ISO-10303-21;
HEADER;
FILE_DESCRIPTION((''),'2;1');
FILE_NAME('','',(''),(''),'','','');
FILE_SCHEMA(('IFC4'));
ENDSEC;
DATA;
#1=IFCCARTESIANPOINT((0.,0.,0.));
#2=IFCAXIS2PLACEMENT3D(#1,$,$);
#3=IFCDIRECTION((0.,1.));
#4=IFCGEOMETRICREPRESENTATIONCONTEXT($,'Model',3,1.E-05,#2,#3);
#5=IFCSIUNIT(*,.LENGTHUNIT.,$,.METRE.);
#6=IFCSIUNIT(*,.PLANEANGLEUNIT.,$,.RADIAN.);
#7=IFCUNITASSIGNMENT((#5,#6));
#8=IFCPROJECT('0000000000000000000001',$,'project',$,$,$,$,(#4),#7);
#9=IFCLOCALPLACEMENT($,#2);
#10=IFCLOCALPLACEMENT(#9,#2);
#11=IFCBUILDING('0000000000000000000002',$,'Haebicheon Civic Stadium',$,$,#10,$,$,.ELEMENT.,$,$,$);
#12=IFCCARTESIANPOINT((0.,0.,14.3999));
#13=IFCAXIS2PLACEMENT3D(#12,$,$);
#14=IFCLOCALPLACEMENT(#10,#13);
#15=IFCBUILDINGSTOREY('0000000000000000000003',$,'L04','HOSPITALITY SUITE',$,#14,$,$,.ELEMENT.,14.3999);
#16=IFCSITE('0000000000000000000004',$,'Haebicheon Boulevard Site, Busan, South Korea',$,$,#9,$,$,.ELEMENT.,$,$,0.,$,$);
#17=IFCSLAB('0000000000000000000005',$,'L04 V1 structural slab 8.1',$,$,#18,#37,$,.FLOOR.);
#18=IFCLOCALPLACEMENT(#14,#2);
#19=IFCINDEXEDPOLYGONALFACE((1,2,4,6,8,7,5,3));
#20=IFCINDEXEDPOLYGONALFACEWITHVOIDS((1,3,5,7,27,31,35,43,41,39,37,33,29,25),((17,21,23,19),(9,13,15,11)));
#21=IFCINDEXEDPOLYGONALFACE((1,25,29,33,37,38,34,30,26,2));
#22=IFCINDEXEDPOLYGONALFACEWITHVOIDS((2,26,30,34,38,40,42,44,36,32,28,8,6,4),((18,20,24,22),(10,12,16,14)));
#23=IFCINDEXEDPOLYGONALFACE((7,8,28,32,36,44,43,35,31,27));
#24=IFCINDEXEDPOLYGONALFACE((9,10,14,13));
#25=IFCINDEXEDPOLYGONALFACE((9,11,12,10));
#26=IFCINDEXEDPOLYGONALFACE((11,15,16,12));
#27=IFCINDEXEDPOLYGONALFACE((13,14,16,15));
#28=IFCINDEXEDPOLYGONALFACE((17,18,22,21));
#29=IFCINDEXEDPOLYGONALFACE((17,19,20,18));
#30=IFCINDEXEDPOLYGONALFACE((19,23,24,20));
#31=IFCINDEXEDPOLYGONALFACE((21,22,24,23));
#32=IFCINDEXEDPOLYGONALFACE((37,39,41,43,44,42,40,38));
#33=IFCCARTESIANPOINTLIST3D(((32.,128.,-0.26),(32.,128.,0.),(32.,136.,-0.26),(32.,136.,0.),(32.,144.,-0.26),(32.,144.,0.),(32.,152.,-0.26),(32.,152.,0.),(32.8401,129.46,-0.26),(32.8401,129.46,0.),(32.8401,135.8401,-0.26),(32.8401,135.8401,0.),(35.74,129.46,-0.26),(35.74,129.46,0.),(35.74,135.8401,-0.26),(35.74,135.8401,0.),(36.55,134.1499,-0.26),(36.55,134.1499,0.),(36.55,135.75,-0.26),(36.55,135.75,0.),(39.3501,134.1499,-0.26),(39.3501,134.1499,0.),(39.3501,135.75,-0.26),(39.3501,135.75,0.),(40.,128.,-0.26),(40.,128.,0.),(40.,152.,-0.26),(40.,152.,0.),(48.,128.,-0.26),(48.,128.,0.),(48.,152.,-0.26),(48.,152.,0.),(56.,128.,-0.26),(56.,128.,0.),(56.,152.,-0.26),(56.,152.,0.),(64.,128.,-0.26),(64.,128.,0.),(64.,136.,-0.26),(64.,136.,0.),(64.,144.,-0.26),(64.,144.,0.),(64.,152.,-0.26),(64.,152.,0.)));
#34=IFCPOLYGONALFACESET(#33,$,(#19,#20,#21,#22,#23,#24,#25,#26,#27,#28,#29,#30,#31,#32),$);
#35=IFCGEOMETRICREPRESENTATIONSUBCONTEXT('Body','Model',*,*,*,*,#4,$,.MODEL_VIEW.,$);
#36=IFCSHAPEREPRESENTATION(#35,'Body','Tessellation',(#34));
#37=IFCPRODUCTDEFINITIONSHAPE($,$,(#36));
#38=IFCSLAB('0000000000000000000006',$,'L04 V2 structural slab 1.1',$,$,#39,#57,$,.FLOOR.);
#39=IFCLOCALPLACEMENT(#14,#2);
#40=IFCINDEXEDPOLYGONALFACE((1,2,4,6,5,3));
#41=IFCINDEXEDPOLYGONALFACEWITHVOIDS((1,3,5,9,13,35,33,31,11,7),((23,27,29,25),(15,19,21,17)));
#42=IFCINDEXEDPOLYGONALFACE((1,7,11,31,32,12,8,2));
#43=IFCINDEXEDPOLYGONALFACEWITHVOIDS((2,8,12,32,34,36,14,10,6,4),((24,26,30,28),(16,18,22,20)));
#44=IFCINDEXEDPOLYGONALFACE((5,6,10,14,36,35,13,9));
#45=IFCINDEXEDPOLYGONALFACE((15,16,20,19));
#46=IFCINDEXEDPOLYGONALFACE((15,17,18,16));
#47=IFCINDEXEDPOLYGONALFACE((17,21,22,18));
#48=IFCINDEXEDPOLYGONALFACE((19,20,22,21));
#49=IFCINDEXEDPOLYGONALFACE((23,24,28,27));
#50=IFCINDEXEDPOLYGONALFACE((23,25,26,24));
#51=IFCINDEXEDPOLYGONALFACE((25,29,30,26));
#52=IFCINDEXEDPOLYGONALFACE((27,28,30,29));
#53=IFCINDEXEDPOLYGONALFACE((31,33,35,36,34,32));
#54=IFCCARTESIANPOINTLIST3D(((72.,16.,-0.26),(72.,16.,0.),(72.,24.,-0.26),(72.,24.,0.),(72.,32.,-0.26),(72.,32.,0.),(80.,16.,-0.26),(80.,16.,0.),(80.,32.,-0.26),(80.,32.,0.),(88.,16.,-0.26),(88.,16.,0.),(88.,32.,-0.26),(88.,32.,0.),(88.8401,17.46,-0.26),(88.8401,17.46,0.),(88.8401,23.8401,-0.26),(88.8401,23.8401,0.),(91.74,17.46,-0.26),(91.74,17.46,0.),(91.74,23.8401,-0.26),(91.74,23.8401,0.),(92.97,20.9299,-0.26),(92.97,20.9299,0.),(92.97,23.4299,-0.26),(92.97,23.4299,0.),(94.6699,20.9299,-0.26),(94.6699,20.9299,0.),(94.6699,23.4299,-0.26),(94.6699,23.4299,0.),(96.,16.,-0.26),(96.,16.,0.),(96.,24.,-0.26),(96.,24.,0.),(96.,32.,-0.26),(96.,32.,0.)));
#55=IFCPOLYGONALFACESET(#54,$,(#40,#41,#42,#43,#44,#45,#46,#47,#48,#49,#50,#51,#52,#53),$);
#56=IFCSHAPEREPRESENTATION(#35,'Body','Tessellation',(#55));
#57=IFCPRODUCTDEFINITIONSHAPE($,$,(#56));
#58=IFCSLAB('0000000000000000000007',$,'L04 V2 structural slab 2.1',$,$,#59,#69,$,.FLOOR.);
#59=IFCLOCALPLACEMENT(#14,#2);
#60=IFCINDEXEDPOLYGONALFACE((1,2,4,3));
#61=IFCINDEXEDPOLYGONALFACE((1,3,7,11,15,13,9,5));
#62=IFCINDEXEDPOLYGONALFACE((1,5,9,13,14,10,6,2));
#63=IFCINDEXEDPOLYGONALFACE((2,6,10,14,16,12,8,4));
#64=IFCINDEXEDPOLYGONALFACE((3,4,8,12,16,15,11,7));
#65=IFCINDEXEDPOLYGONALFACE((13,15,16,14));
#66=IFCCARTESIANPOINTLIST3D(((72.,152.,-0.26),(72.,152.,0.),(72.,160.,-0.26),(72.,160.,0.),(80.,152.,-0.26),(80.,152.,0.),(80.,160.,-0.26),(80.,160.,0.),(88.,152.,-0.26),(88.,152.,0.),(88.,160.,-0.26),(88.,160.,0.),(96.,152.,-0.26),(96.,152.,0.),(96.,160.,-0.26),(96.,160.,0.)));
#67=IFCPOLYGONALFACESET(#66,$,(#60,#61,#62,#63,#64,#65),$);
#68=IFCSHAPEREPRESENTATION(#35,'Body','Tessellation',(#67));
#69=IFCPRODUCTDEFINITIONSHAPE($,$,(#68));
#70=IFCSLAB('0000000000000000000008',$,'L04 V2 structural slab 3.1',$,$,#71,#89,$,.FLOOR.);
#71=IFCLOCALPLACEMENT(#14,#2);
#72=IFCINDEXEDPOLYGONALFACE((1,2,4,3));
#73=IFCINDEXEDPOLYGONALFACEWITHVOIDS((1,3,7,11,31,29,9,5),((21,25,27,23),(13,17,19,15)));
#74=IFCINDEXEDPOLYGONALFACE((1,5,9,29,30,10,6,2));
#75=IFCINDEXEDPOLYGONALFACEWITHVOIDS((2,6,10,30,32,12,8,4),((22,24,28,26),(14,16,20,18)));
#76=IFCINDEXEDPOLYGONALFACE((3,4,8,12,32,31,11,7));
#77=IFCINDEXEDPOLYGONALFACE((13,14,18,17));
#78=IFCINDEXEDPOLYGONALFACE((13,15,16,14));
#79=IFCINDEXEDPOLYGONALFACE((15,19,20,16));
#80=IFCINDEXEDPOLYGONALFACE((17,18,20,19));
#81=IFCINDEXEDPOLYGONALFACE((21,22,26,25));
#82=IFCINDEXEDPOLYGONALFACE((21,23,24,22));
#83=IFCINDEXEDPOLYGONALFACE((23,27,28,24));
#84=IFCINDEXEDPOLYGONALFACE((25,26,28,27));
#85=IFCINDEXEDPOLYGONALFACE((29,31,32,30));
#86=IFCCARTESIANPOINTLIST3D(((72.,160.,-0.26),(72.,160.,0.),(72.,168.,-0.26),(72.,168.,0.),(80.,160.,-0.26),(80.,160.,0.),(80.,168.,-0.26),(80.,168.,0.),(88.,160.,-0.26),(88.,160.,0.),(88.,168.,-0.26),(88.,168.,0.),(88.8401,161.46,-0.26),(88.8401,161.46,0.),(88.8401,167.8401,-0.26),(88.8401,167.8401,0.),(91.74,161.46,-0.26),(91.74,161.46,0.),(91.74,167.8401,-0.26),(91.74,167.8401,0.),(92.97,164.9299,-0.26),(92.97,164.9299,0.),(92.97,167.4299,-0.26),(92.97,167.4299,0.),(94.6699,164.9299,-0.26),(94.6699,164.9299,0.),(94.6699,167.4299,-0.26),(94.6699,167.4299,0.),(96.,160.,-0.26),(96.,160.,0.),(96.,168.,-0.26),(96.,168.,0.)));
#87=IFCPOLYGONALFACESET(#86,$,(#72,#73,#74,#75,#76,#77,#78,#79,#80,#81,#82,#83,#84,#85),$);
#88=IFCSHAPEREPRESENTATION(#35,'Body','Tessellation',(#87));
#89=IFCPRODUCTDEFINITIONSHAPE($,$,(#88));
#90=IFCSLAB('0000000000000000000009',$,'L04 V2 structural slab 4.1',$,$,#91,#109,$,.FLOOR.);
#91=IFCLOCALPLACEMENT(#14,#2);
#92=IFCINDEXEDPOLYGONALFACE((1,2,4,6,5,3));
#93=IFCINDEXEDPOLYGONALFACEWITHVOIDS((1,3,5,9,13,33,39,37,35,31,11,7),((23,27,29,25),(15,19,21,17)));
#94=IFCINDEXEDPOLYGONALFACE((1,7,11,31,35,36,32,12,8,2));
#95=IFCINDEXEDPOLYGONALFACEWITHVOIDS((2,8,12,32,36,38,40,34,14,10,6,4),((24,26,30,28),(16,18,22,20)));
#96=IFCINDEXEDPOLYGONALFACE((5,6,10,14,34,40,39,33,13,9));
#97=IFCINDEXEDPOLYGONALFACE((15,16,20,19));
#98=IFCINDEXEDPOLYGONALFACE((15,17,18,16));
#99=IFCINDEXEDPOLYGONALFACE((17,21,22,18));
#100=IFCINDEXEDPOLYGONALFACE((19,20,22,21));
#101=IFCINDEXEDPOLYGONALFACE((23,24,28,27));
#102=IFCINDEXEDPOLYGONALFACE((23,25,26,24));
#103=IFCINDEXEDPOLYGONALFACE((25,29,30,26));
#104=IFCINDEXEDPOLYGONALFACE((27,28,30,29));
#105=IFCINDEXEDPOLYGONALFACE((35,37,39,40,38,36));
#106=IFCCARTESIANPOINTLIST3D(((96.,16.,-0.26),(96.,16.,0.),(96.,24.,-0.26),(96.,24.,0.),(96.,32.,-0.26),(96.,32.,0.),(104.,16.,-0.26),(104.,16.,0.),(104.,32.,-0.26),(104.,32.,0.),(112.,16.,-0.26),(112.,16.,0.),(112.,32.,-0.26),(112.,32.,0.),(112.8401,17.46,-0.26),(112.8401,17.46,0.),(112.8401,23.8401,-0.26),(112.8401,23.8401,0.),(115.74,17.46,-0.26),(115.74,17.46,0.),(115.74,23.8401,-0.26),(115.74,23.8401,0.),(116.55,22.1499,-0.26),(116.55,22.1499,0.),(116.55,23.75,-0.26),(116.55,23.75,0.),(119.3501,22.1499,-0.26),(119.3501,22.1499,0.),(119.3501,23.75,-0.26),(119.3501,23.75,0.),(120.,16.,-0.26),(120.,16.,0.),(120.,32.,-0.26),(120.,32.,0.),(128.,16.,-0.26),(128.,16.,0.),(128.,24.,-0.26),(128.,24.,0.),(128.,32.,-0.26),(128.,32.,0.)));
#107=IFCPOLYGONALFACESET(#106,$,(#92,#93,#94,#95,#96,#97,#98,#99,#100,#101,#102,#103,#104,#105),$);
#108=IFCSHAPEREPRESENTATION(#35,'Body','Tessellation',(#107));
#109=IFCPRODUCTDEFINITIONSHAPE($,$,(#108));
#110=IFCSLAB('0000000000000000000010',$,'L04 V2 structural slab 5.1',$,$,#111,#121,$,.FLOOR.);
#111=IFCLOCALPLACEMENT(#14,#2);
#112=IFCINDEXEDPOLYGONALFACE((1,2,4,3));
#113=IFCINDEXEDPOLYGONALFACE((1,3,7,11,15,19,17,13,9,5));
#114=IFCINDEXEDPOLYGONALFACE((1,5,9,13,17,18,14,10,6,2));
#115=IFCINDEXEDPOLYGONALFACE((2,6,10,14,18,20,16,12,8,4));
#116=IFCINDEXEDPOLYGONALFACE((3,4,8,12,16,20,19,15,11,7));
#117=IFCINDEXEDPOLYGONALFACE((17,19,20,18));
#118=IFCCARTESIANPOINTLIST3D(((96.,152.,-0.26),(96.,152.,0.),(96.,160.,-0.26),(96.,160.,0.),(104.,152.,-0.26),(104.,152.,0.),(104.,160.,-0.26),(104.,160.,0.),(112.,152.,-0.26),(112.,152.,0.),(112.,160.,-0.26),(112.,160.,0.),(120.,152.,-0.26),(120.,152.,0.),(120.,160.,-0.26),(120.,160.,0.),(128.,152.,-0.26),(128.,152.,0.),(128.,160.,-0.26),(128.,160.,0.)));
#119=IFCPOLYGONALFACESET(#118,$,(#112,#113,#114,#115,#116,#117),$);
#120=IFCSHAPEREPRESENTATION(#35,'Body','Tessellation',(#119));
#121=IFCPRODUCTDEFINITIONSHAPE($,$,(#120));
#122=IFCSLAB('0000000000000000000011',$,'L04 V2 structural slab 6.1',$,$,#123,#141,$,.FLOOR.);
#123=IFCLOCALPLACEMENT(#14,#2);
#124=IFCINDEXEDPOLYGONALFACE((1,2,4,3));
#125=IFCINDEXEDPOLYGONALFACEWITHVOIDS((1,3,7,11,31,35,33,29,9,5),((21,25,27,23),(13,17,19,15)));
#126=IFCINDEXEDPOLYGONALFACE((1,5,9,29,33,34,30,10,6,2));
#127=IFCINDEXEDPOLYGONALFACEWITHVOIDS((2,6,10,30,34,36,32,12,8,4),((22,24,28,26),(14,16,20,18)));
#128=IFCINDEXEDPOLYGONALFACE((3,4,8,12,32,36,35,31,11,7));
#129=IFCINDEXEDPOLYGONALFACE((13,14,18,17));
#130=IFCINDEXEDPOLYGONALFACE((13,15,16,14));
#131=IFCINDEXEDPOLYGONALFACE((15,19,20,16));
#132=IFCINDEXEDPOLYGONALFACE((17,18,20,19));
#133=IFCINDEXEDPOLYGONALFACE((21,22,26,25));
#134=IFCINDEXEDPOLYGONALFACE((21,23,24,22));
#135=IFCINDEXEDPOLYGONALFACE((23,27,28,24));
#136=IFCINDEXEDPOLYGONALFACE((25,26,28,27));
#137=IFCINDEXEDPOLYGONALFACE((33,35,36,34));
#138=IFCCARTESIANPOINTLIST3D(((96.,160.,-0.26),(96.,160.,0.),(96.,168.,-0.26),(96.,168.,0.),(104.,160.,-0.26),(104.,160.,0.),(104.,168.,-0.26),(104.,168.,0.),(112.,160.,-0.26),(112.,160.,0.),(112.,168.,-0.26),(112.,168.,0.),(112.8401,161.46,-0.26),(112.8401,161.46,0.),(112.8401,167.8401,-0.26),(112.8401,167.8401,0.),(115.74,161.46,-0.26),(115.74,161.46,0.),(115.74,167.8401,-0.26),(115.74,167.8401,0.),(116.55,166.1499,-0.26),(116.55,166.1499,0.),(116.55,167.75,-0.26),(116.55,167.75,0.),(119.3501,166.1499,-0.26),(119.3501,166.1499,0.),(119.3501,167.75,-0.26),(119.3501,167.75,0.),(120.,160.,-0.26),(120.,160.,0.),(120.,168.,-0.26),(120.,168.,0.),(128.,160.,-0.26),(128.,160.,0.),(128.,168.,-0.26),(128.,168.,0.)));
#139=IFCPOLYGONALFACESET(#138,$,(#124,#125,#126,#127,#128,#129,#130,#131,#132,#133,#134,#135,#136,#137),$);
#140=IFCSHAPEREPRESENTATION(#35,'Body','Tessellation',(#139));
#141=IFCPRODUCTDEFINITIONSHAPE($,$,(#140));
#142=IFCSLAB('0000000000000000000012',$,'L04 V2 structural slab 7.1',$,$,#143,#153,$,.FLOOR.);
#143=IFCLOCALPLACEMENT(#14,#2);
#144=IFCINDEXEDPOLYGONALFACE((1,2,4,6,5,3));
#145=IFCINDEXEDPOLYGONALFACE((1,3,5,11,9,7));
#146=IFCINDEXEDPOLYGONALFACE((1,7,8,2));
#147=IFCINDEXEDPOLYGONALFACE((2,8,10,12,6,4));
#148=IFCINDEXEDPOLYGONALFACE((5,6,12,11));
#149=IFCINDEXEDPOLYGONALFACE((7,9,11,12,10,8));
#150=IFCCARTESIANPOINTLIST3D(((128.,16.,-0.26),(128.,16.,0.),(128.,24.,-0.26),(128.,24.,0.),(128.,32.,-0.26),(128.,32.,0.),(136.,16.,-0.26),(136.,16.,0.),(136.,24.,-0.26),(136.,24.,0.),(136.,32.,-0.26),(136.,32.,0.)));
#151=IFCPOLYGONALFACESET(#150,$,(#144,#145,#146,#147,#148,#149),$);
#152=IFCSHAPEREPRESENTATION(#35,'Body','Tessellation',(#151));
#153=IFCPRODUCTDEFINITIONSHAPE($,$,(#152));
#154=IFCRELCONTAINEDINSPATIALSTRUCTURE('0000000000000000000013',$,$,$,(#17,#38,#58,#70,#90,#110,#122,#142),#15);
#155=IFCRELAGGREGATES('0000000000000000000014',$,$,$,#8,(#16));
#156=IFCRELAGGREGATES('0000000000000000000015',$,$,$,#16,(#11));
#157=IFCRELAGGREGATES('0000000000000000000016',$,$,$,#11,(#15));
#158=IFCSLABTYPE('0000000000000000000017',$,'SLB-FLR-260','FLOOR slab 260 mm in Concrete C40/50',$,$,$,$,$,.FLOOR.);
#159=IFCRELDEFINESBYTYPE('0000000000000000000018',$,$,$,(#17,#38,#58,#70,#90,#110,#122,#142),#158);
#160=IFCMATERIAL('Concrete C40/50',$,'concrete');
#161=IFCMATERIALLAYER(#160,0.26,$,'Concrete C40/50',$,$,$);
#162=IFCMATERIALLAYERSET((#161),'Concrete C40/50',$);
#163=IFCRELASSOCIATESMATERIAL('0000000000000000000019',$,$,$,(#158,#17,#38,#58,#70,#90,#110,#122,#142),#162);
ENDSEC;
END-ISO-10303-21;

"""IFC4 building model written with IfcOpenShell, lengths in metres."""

from ifc_helpers import new_model, si_unit, direction, frame, origin, place, context, subcontext, project, spatial, polyline, outline, extrude, material, layer, layer_set, type_object, element, save


model = new_model("IFC4")

# Units and contexts
model_context = context("Model", 3, precision=1e-05, world=origin(), true_north=direction((0.0, 1.0)))
body_context = subcontext(model_context, "Body", "Model", "MODEL_VIEW")
ifc_project = project(units=[si_unit("LENGTHUNIT", "METRE"), si_unit("PLANEANGLEUNIT", "RADIAN")], contexts=[model_context])

# Site, building, storey
site_placement = place(None, origin())
site = spatial("IfcSite", under=ifc_project, at=site_placement, Name="Haebicheon Boulevard Site, Busan, South Korea", CompositionType="ELEMENT", RefElevation=0.0)
building_placement = place(site_placement, origin())
building = spatial("IfcBuilding", under=site, at=building_placement, Name="Haebicheon Civic Stadium", CompositionType="ELEMENT")
storey_placement = place(building_placement, frame((0.0, 0.0, 14.3999)))
storey = spatial("IfcBuildingStorey", under=building, at=storey_placement, Name="L04", Description="HOSPITALITY SUITE", CompositionType="ELEMENT", Elevation=14.3999)

# Slabs
ifc_material_1 = material(Name="Concrete C40/50", Category="concrete")
ifc_layer_1 = layer(ifc_material_1, 0.26, Name="Concrete C40/50")
ifc_layer_set_1 = layer_set([ifc_layer_1], Name="Concrete C40/50")
slab_type_1 = type_object("IfcSlabType", Name="SLB-FLR-260", Description="FLOOR slab 260 mm in Concrete C40/50", PredefinedType="FLOOR", material=ifc_layer_set_1)
slab_1_placement = place(storey_placement, frame((0.0, 0.0, -0.26)))
element("IfcSlab", 1, at=slab_1_placement, inside=storey, type_object=slab_type_1, material=ifc_layer_set_1, Name="L04 V1 structural slab 8.1", PredefinedType="FLOOR", context=body_context, shape_type="SweptSolid", body=[
    extrude(outline(polyline([(32.0, 144.0), (32.0, 152.0), (40.0, 152.0), (48.0, 152.0), (56.0, 152.0), (64.0, 152.0), (64.0, 144.0), (64.0, 136.0), (64.0, 128.0), (56.0, 128.0), (48.0, 128.0), (40.0, 128.0), (32.0, 128.0), (32.0, 136.0), (32.0, 144.0)]), holes=[polyline([(32.8401, 129.46), (35.74, 129.46), (35.74, 135.8401), (32.8401, 135.8401), (32.8401, 129.46)]), polyline([(36.55, 134.1499), (39.3501, 134.1499), (39.3501, 135.75), (36.55, 135.75), (36.55, 134.1499)])]), origin(), (0.0, 0.0, 1.0), 0.26),
])
slab_2_placement = place(storey_placement, frame((0.0, 0.0, -0.26)))
element("IfcSlab", 2, at=slab_2_placement, inside=storey, type_object=slab_type_1, material=ifc_layer_set_1, Name="L04 V2 structural slab 1.1", PredefinedType="FLOOR", context=body_context, shape_type="SweptSolid", body=[
    extrude(outline(polyline([(72.0, 24.0), (72.0, 32.0), (80.0, 32.0), (88.0, 32.0), (96.0, 32.0), (96.0, 24.0), (96.0, 16.0), (88.0, 16.0), (80.0, 16.0), (72.0, 16.0), (72.0, 24.0)]), holes=[polyline([(88.8401, 17.46), (91.74, 17.46), (91.74, 23.8401), (88.8401, 23.8401), (88.8401, 17.46)]), polyline([(92.97, 20.9299), (94.6699, 20.9299), (94.6699, 23.4299), (92.97, 23.4299), (92.97, 20.9299)])]), origin(), (0.0, 0.0, 1.0), 0.26),
])
slab_3_placement = place(storey_placement, frame((0.0, 0.0, -0.26)))
element("IfcSlab", 3, at=slab_3_placement, inside=storey, type_object=slab_type_1, material=ifc_layer_set_1, Name="L04 V2 structural slab 2.1", PredefinedType="FLOOR", context=body_context, shape_type="SweptSolid", body=[
    extrude(outline(polyline([(72.0, 152.0), (72.0, 160.0), (80.0, 160.0), (88.0, 160.0), (96.0, 160.0), (96.0, 152.0), (88.0, 152.0), (80.0, 152.0), (72.0, 152.0)])), origin(), (0.0, 0.0, 1.0), 0.26),
])
slab_4_placement = place(storey_placement, frame((0.0, 0.0, -0.26)))
element("IfcSlab", 4, at=slab_4_placement, inside=storey, type_object=slab_type_1, material=ifc_layer_set_1, Name="L04 V2 structural slab 3.1", PredefinedType="FLOOR", context=body_context, shape_type="SweptSolid", body=[
    extrude(outline(polyline([(72.0, 160.0), (72.0, 168.0), (80.0, 168.0), (88.0, 168.0), (96.0, 168.0), (96.0, 160.0), (88.0, 160.0), (80.0, 160.0), (72.0, 160.0)]), holes=[polyline([(88.8401, 161.46), (91.74, 161.46), (91.74, 167.8401), (88.8401, 167.8401), (88.8401, 161.46)]), polyline([(92.97, 164.9299), (94.6699, 164.9299), (94.6699, 167.4299), (92.97, 167.4299), (92.97, 164.9299)])]), origin(), (0.0, 0.0, 1.0), 0.26),
])
slab_5_placement = place(storey_placement, frame((0.0, 0.0, -0.26)))
element("IfcSlab", 5, at=slab_5_placement, inside=storey, type_object=slab_type_1, material=ifc_layer_set_1, Name="L04 V2 structural slab 4.1", PredefinedType="FLOOR", context=body_context, shape_type="SweptSolid", body=[
    extrude(outline(polyline([(128.0, 16.0), (120.0, 16.0), (112.0, 16.0), (104.0, 16.0), (96.0, 16.0), (96.0, 24.0), (96.0, 32.0), (104.0, 32.0), (112.0, 32.0), (120.0, 32.0), (128.0, 32.0), (128.0, 24.0), (128.0, 16.0)]), holes=[polyline([(112.8401, 17.46), (115.74, 17.46), (115.74, 23.8401), (112.8401, 23.8401), (112.8401, 17.46)]), polyline([(116.55, 22.1499), (119.3501, 22.1499), (119.3501, 23.75), (116.55, 23.75), (116.55, 22.1499)])]), origin(), (0.0, 0.0, 1.0), 0.26),
])
slab_6_placement = place(storey_placement, frame((0.0, 0.0, -0.26)))
element("IfcSlab", 6, at=slab_6_placement, inside=storey, type_object=slab_type_1, material=ifc_layer_set_1, Name="L04 V2 structural slab 5.1", PredefinedType="FLOOR", context=body_context, shape_type="SweptSolid", body=[
    extrude(outline(polyline([(96.0, 160.0), (104.0, 160.0), (112.0, 160.0), (120.0, 160.0), (128.0, 160.0), (128.0, 152.0), (120.0, 152.0), (112.0, 152.0), (104.0, 152.0), (96.0, 152.0), (96.0, 160.0)])), origin(), (0.0, 0.0, 1.0), 0.26),
])
slab_7_placement = place(storey_placement, frame((0.0, 0.0, -0.26)))
element("IfcSlab", 7, at=slab_7_placement, inside=storey, type_object=slab_type_1, material=ifc_layer_set_1, Name="L04 V2 structural slab 6.1", PredefinedType="FLOOR", context=body_context, shape_type="SweptSolid", body=[
    extrude(outline(polyline([(96.0, 168.0), (104.0, 168.0), (112.0, 168.0), (120.0, 168.0), (128.0, 168.0), (128.0, 160.0), (120.0, 160.0), (112.0, 160.0), (104.0, 160.0), (96.0, 160.0), (96.0, 168.0)]), holes=[polyline([(112.8401, 161.46), (115.74, 161.46), (115.74, 167.8401), (112.8401, 167.8401), (112.8401, 161.46)]), polyline([(116.55, 166.1499), (119.3501, 166.1499), (119.3501, 167.75), (116.55, 167.75), (116.55, 166.1499)])]), origin(), (0.0, 0.0, 1.0), 0.26),
])
slab_8_placement = place(storey_placement, frame((0.0, 0.0, -0.26)))
element("IfcSlab", 8, at=slab_8_placement, inside=storey, type_object=slab_type_1, material=ifc_layer_set_1, Name="L04 V2 structural slab 7.1", PredefinedType="FLOOR", context=body_context, shape_type="SweptSolid", body=[
    extrude(outline(polyline([(136.0, 16.0), (128.0, 16.0), (128.0, 24.0), (128.0, 32.0), (136.0, 32.0), (136.0, 24.0), (136.0, 16.0)])), origin(), (0.0, 0.0, 1.0), 0.26),
])

save(model, "model.ifc")
